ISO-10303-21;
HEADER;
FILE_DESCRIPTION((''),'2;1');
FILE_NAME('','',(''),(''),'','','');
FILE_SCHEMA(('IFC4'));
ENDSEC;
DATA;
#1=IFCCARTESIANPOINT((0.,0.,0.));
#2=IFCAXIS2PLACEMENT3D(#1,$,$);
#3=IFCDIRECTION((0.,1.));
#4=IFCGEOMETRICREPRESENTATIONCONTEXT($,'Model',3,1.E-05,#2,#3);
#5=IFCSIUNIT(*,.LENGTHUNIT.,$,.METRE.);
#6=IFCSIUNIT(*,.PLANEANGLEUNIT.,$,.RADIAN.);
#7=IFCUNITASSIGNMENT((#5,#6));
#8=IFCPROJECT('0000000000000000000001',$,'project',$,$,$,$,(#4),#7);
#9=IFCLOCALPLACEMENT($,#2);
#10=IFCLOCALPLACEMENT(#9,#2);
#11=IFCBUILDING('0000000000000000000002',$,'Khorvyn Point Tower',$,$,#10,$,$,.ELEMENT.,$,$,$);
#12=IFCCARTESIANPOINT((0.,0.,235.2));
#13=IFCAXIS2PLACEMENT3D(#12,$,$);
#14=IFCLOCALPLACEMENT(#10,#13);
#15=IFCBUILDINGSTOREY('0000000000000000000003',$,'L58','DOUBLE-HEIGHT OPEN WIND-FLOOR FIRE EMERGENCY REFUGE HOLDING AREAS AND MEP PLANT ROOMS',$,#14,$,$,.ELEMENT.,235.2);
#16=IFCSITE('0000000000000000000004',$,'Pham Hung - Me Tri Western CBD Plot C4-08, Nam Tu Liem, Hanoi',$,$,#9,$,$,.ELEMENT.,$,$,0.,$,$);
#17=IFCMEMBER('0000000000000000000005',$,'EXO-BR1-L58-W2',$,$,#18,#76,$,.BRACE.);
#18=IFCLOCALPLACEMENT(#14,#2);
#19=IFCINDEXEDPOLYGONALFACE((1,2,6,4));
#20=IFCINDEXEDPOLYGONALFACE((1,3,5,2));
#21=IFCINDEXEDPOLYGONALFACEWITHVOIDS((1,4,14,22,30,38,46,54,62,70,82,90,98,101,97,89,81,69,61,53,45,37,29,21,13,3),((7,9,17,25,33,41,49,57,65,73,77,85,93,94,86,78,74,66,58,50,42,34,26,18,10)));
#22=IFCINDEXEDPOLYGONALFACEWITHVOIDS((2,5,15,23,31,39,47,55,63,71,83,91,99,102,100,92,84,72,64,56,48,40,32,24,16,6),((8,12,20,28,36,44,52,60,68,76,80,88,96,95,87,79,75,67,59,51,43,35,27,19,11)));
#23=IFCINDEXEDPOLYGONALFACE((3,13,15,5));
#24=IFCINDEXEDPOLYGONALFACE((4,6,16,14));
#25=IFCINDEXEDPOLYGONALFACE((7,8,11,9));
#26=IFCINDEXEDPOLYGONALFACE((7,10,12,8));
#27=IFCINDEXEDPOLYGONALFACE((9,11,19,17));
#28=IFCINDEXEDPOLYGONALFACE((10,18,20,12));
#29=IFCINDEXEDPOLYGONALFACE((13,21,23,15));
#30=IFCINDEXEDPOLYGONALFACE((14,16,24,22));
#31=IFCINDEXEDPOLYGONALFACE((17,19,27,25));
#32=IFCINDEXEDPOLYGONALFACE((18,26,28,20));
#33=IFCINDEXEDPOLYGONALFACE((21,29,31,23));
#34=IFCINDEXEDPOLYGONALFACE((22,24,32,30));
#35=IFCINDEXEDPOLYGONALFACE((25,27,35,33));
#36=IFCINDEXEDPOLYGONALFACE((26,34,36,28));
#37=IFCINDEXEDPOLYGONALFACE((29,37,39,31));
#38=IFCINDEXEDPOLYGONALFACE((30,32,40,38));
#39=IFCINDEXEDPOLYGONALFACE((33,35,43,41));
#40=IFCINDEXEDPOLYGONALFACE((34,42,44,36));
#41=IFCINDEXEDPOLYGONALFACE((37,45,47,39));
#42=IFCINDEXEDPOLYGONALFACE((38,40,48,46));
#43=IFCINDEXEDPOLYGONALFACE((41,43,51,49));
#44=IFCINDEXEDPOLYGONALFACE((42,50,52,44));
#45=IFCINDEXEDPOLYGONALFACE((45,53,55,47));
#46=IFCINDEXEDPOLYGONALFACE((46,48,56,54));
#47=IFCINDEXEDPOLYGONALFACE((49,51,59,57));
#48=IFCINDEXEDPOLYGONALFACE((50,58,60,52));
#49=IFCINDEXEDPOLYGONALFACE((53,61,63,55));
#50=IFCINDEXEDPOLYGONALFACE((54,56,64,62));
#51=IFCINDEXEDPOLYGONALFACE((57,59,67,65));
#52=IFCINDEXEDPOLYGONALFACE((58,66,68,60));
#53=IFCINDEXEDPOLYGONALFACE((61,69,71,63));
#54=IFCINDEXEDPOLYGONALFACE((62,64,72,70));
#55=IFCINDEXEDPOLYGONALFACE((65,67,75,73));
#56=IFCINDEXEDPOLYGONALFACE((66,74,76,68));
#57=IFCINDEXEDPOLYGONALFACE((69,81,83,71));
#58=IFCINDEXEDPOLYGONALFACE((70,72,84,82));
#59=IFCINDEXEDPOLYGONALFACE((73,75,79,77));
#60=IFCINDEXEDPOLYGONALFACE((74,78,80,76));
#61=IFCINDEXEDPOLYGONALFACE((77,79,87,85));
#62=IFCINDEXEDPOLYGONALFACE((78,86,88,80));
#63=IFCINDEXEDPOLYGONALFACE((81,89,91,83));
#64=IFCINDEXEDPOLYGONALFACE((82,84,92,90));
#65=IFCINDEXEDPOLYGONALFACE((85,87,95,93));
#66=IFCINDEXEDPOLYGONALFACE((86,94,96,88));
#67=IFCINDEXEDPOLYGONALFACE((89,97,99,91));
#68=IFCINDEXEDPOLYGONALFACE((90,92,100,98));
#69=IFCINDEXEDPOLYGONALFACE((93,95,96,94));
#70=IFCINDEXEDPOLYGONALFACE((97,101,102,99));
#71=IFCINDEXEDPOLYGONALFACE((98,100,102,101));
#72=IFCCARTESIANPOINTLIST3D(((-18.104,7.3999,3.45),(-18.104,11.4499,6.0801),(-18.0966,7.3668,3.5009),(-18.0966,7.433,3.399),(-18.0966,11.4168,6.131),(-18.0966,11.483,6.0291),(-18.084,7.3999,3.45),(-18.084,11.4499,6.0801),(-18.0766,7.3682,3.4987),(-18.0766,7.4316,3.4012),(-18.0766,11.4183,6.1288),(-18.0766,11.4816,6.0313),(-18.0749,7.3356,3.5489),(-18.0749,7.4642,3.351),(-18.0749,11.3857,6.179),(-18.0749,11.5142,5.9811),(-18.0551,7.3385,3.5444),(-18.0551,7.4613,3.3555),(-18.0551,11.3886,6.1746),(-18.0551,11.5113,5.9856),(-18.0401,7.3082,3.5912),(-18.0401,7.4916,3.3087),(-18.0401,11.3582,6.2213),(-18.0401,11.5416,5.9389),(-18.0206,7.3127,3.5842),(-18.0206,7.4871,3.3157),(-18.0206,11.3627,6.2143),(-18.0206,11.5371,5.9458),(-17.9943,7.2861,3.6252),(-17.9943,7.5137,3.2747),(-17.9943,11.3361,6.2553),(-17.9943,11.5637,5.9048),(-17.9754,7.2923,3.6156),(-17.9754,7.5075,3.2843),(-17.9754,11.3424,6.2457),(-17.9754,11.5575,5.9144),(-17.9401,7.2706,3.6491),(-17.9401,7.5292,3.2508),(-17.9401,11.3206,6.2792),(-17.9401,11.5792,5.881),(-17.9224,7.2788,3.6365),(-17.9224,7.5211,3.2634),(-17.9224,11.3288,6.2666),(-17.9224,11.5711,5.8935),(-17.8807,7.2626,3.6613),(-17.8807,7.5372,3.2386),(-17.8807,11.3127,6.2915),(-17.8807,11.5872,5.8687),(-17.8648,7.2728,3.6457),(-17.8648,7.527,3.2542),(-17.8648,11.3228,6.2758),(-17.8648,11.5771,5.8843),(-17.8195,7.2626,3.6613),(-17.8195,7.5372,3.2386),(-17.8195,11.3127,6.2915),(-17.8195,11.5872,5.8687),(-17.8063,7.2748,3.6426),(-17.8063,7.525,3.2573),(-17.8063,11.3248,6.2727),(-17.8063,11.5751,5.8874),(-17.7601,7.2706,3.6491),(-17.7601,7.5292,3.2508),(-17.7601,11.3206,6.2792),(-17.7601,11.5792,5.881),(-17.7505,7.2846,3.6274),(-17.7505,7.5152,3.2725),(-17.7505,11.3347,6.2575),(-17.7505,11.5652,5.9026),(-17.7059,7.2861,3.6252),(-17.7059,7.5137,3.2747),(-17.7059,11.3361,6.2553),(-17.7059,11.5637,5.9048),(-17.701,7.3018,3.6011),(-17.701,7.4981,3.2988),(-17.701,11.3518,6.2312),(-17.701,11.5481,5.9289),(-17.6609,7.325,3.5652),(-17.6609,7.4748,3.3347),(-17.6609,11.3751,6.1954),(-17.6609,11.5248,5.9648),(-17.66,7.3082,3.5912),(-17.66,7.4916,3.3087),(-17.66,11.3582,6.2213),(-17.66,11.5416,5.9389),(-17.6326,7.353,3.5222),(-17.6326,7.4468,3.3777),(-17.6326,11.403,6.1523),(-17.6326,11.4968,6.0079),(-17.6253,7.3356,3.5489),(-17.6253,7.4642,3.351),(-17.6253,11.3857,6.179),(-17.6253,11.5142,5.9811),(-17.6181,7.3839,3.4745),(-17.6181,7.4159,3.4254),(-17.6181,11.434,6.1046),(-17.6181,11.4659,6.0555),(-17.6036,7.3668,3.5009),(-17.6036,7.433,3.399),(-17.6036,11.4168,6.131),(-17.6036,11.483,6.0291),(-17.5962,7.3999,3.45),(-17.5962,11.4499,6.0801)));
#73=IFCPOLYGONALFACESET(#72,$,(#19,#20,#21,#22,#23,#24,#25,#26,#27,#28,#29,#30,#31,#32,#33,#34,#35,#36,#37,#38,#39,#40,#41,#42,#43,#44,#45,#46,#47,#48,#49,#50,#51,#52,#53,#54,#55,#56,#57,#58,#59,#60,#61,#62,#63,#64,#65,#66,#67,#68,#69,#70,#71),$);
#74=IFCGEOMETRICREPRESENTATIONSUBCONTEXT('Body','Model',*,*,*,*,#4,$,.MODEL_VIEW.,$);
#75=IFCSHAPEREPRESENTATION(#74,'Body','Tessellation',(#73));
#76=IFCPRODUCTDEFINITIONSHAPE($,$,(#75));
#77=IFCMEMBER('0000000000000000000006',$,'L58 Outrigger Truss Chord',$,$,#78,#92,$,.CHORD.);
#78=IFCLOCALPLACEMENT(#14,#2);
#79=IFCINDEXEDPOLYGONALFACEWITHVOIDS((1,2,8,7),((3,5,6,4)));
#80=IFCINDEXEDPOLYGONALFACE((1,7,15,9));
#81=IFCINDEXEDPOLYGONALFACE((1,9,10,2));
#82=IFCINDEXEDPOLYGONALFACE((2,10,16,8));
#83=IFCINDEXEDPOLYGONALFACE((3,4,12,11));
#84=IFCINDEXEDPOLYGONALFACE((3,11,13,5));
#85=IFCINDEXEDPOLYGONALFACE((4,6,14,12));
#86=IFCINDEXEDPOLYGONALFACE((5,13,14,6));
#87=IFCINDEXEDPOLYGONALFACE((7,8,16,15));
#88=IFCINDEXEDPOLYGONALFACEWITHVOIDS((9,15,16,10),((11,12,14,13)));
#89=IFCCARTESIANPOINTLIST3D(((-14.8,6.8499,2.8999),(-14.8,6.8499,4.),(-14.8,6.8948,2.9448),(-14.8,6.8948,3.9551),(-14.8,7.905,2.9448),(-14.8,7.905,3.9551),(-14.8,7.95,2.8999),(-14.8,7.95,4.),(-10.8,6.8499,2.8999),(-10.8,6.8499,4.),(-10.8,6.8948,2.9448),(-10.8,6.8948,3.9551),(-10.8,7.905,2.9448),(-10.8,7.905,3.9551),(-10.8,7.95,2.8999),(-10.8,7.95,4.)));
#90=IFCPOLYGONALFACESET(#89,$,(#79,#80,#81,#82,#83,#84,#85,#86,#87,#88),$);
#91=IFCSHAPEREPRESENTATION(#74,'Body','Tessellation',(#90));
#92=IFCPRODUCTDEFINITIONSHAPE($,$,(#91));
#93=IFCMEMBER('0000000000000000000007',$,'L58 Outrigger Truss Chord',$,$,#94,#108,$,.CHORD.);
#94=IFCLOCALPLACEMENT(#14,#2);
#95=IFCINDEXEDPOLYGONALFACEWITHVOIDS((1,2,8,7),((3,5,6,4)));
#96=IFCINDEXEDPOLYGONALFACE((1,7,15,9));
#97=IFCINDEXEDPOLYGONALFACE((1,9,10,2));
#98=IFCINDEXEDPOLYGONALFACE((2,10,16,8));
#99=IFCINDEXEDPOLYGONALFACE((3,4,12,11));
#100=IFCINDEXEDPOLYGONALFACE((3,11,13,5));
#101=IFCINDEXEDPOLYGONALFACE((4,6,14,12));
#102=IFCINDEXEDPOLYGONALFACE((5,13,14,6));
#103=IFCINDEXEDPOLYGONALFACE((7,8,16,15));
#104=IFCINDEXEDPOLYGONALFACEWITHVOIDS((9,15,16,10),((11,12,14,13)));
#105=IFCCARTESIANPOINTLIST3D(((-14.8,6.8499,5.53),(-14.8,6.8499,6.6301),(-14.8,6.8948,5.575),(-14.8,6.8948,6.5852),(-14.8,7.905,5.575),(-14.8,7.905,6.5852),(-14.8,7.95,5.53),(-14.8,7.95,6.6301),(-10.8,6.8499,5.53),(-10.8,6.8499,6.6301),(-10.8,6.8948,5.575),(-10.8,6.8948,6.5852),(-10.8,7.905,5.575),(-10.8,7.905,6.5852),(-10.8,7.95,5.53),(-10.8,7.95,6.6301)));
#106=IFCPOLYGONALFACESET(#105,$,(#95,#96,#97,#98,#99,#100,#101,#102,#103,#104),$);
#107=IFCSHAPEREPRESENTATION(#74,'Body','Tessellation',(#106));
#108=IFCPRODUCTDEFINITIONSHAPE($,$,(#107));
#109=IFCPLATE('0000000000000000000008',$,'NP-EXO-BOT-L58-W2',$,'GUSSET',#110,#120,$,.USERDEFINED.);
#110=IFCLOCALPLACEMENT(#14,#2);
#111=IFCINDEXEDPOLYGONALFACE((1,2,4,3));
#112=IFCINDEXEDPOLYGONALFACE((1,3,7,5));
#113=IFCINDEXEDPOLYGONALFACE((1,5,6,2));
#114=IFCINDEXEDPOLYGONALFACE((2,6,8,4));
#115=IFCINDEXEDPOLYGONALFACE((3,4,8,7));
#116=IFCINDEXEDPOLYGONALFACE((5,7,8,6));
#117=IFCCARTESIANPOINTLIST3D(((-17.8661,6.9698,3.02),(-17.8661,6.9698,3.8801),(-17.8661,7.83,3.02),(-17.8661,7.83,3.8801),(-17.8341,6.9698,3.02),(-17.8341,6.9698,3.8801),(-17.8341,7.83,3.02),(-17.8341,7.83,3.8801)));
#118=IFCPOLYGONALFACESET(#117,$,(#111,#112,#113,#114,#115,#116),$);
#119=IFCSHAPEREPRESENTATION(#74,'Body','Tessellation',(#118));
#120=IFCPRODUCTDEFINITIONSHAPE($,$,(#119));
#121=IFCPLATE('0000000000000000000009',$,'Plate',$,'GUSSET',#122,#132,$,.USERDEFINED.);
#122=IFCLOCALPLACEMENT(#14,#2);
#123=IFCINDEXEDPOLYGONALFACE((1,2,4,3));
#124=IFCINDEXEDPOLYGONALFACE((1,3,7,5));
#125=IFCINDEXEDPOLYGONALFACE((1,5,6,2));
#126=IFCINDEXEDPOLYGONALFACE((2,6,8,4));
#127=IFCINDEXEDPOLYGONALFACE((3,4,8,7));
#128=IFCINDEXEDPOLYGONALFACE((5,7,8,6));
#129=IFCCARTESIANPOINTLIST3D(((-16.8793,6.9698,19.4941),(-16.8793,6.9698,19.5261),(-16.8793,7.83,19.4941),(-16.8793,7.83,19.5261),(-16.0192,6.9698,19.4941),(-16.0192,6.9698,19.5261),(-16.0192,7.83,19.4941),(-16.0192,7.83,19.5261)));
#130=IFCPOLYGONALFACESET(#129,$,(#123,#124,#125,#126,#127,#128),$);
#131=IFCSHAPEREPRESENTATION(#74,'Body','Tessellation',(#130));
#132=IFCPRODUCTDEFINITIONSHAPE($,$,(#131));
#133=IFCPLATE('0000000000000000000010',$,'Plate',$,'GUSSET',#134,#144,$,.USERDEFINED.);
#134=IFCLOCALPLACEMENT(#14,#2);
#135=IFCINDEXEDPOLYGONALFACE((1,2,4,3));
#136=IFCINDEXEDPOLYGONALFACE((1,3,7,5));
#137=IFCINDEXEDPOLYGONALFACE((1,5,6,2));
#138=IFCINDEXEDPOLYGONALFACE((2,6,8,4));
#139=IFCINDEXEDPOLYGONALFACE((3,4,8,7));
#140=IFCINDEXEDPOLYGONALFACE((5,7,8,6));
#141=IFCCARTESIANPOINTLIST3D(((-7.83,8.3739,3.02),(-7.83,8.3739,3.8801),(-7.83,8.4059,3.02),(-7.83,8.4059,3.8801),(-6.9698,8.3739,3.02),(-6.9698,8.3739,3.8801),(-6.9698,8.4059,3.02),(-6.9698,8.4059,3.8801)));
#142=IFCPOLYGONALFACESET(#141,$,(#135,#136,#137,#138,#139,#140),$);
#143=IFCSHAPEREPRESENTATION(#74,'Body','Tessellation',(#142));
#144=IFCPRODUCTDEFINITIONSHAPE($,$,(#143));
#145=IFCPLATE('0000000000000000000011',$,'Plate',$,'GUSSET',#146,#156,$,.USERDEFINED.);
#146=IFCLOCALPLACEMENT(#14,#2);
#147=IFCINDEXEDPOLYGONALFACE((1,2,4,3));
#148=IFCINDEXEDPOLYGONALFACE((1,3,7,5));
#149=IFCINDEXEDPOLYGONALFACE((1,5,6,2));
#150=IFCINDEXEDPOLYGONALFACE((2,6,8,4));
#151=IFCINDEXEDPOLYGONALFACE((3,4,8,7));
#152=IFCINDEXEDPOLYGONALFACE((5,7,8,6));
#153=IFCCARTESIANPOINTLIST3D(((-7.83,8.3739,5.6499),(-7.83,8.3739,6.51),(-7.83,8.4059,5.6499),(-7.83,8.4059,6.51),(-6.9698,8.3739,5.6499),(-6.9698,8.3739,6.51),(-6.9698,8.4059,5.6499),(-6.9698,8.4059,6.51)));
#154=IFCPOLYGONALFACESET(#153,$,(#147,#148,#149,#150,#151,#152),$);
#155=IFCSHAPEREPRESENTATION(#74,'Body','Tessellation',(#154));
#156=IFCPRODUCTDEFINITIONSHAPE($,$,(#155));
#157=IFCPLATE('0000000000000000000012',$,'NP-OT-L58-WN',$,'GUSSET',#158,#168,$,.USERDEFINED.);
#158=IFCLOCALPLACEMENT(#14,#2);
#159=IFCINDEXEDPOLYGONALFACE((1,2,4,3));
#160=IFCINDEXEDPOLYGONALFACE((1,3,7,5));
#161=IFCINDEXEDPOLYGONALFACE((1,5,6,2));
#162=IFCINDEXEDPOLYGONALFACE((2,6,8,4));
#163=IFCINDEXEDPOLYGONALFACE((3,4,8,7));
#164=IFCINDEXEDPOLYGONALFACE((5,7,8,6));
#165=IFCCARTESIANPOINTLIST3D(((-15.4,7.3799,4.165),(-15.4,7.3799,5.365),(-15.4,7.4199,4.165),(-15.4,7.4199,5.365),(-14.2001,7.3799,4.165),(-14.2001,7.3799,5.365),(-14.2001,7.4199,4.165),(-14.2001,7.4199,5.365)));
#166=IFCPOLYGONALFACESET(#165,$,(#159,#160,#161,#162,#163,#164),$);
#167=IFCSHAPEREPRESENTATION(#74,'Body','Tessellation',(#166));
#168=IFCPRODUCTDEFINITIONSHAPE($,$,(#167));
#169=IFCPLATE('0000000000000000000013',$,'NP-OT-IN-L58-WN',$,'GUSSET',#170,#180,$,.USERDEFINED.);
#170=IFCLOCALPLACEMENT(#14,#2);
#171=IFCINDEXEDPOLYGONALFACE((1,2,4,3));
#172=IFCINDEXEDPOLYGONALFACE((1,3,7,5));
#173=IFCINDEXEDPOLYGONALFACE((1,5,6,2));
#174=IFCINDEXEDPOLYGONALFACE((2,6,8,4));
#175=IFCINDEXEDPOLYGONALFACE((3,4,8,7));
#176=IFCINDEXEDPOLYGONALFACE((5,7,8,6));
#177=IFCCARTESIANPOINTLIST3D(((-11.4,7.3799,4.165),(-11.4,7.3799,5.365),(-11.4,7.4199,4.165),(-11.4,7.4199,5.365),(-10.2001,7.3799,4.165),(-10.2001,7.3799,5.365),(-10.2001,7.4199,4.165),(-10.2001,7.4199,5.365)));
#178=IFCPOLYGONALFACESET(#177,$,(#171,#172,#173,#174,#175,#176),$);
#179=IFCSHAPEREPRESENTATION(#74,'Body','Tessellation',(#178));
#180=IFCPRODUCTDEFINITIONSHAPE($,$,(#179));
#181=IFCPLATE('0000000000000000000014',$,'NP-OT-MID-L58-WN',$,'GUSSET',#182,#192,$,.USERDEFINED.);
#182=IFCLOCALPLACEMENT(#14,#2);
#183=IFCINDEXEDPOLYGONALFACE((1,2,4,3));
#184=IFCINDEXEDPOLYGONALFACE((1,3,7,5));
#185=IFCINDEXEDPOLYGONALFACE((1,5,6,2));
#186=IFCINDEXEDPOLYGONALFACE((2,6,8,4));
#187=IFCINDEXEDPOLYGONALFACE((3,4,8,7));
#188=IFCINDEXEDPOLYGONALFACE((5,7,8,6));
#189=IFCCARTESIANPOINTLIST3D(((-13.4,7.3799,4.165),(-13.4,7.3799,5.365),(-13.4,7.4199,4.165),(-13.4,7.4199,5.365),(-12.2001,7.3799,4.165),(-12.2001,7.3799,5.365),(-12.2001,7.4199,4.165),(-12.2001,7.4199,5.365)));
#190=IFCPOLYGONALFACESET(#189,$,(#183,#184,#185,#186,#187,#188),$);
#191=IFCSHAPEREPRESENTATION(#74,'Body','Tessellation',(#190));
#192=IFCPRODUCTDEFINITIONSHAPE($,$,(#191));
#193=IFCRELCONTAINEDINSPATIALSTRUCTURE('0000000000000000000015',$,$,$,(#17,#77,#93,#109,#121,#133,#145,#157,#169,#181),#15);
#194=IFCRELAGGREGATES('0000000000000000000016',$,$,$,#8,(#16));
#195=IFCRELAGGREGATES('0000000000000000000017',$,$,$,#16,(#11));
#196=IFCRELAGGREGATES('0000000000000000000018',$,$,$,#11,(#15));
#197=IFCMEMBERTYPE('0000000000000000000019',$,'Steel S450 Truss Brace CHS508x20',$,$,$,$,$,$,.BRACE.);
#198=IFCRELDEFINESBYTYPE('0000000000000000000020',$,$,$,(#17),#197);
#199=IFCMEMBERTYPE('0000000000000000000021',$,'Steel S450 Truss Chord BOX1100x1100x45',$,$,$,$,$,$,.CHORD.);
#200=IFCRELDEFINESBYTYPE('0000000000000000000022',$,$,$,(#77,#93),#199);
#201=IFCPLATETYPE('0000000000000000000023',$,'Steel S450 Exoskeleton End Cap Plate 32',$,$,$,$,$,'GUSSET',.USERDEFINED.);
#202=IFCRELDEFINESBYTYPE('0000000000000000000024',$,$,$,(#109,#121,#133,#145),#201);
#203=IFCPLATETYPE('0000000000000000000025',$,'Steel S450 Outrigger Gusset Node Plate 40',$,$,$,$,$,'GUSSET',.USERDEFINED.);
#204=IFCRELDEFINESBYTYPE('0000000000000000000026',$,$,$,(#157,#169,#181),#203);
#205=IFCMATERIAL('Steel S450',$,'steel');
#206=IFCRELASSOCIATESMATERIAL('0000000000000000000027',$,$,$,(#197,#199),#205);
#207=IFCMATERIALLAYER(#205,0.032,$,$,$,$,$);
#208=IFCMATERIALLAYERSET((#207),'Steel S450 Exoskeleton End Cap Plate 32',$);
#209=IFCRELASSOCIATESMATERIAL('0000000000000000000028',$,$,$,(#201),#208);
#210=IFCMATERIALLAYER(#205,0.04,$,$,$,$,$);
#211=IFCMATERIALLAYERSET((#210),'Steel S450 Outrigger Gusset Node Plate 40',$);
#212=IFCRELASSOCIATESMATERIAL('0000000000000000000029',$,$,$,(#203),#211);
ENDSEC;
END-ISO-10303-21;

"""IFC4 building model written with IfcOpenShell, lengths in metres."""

from ifc_helpers import new_model, si_unit, direction, frame, origin, origin_2d, place, context, subcontext, project, spatial, rectangle, hollow_rectangle, hollow_circle, extrude, material, layer, layer_set, material_profile, profile_set, type_object, element, save


model = new_model("IFC4")

# Units and contexts
model_context = context("Model", 3, precision=1e-05, world=origin(), true_north=direction((0.0, 1.0)))
body_context = subcontext(model_context, "Body", "Model", "MODEL_VIEW")
ifc_project = project(units=[si_unit("LENGTHUNIT", "METRE"), si_unit("PLANEANGLEUNIT", "RADIAN")], contexts=[model_context])

# Site, building, storey
site_placement = place(None, origin())
site = spatial("IfcSite", under=ifc_project, at=site_placement, Name="Pham Hung - Me Tri Western CBD Plot C4-08, Nam Tu Liem, Hanoi", CompositionType="ELEMENT", RefElevation=0.0)
building_placement = place(site_placement, origin())
building = spatial("IfcBuilding", under=site, at=building_placement, Name="Khorvyn Point Tower", CompositionType="ELEMENT")
storey_placement = place(building_placement, frame((0.0, 0.0, 235.2)))
storey = spatial("IfcBuildingStorey", under=building, at=storey_placement, Name="L58", Description="DOUBLE-HEIGHT OPEN WIND-FLOOR FIRE EMERGENCY REFUGE HOLDING AREAS AND MEP PLANT ROOMS", CompositionType="ELEMENT", Elevation=235.2)

# Shared definitions
ifc_material_1 = material(Name="Steel S450", Category="steel")

# Members
ifc_material_profile_1 = material_profile(ifc_material_1, hollow_circle(Radius=0.2539, WallThickness=0.02, at=origin_2d()))
ifc_profile_set_1 = profile_set([ifc_material_profile_1], Name="Steel S450 CHS508x20")
member_type_1 = type_object("IfcMemberType", Name="Steel S450 Truss Brace CHS508x20", PredefinedType="BRACE", material=ifc_profile_set_1)
member_1_placement = place(storey_placement, frame((-17.8501, 7.3999, 3.45), z_axis=(0.0, 0.838671, 0.544638), x_axis=(-1.0, 0.0, 0.0)))
element("IfcMember", 1, at=member_1_placement, inside=storey, type_object=member_type_1, Name="EXO-BR1-L58-W2", PredefinedType="BRACE", context=body_context, shape_type="SweptSolid", body=[
    extrude(hollow_circle(Radius=0.2539, WallThickness=0.02, at=origin_2d()), origin(), (0.0, 0.0, 1.0), 4.8291),
])
ifc_material_profile_2 = material_profile(ifc_material_1, hollow_rectangle(XDim=1.1001, YDim=1.1001, WallThickness=0.0449, at=origin_2d()))
ifc_profile_set_2 = profile_set([ifc_material_profile_2], Name="Steel S450 BOX1100x1100x45")
member_type_2 = type_object("IfcMemberType", Name="Steel S450 Truss Chord BOX1100x1100x45", PredefinedType="CHORD", material=ifc_profile_set_2)
for number, where, z_axis, x_axis, name in (
    (2, (-10.8, 7.3999, 3.45), (-1.0, 0.0, 0.0), (0.0, -1.0, 0.0), "L58 Outrigger Truss Chord"),
    (3, (-10.8, 7.3999, 6.0801), (-1.0, 0.0, 0.0), (0.0, -1.0, 0.0), "L58 Outrigger Truss Chord"),
):
    element("IfcMember", number, at=place(storey_placement, frame(where, z_axis=z_axis, x_axis=x_axis)), inside=storey, type_object=member_type_2, Name=name, PredefinedType="CHORD", context=body_context, shape_type="SweptSolid", body=[
        extrude(hollow_rectangle(XDim=1.1001, YDim=1.1001, WallThickness=0.0449, at=origin_2d()), origin(), (0.0, 0.0, 1.0), 4.0),
    ])

# Plates
ifc_layer_1 = layer(ifc_material_1, 0.032)
ifc_layer_set_1 = layer_set([ifc_layer_1], Name="Steel S450 Exoskeleton End Cap Plate 32")
plate_type_1 = type_object("IfcPlateType", Name="Steel S450 Exoskeleton End Cap Plate 32", ElementType="GUSSET", PredefinedType="USERDEFINED", material=ifc_layer_set_1)
plate_1_placement = place(storey_placement, frame((-17.8501, 7.3999, 3.02), z_axis=(0.0, 0.0, 1.0), x_axis=(1.0, 0.0, 0.0)))
element("IfcPlate", 4, at=plate_1_placement, inside=storey, type_object=plate_type_1, Name="NP-EXO-BOT-L58-W2", ObjectType="GUSSET", PredefinedType="USERDEFINED", context=body_context, shape_type="SweptSolid", body=[
    extrude(rectangle(XDim=0.032, YDim=0.8601, at=origin_2d()), origin(), (0.0, 0.0, 1.0), 0.8601),
])
plate_2_placement = place(storey_placement, frame((-16.4492, 7.3999, 19.4941), z_axis=(0.0, 0.0, 1.0), x_axis=(1.0, 0.0, 0.0)))
element("IfcPlate", 5, at=plate_2_placement, inside=storey, type_object=plate_type_1, Name="Plate", ObjectType="GUSSET", PredefinedType="USERDEFINED", context=body_context, shape_type="SweptSolid", body=[
    extrude(rectangle(XDim=0.8601, YDim=0.8601, at=origin_2d()), origin(), (0.0, 0.0, 1.0), 0.032),
])
for number, where, z_axis, x_axis, name in (
    (6, (-7.3999, 8.3899, 3.02), (0.0, 0.0, 1.0), (1.0, 0.0, 0.0), "Plate"),
    (7, (-7.3999, 8.3899, 5.6499), (0.0, 0.0, 1.0), (1.0, 0.0, 0.0), "Plate"),
):
    element("IfcPlate", number, at=place(storey_placement, frame(where, z_axis=z_axis, x_axis=x_axis)), inside=storey, type_object=plate_type_1, Name=name, ObjectType="GUSSET", PredefinedType="USERDEFINED", context=body_context, shape_type="SweptSolid", body=[
        extrude(rectangle(XDim=0.8601, YDim=0.032, at=origin_2d()), origin(), (0.0, 0.0, 1.0), 0.8601),
    ])
ifc_layer_2 = layer(ifc_material_1, 0.04)
ifc_layer_set_2 = layer_set([ifc_layer_2], Name="Steel S450 Outrigger Gusset Node Plate 40")
plate_type_2 = type_object("IfcPlateType", Name="Steel S450 Outrigger Gusset Node Plate 40", ElementType="GUSSET", PredefinedType="USERDEFINED", material=ifc_layer_set_2)
for number, where, z_axis, x_axis, name in (
    (8, (-14.8, 7.3999, 4.165), (0.0, 0.0, 1.0), (1.0, 0.0, 0.0), "NP-OT-L58-WN"),
    (9, (-10.8, 7.3999, 4.165), (0.0, 0.0, 1.0), (1.0, 0.0, 0.0), "NP-OT-IN-L58-WN"),
    (10, (-12.8, 7.3999, 4.165), (0.0, 0.0, 1.0), (1.0, 0.0, 0.0), "NP-OT-MID-L58-WN"),
):
    element("IfcPlate", number, at=place(storey_placement, frame(where, z_axis=z_axis, x_axis=x_axis)), inside=storey, type_object=plate_type_2, Name=name, ObjectType="GUSSET", PredefinedType="USERDEFINED", context=body_context, shape_type="SweptSolid", body=[
        extrude(rectangle(XDim=1.2, YDim=0.04, at=origin_2d()), origin(), (0.0, 0.0, 1.0), 1.2),
    ])

save(model, "model.ifc")
